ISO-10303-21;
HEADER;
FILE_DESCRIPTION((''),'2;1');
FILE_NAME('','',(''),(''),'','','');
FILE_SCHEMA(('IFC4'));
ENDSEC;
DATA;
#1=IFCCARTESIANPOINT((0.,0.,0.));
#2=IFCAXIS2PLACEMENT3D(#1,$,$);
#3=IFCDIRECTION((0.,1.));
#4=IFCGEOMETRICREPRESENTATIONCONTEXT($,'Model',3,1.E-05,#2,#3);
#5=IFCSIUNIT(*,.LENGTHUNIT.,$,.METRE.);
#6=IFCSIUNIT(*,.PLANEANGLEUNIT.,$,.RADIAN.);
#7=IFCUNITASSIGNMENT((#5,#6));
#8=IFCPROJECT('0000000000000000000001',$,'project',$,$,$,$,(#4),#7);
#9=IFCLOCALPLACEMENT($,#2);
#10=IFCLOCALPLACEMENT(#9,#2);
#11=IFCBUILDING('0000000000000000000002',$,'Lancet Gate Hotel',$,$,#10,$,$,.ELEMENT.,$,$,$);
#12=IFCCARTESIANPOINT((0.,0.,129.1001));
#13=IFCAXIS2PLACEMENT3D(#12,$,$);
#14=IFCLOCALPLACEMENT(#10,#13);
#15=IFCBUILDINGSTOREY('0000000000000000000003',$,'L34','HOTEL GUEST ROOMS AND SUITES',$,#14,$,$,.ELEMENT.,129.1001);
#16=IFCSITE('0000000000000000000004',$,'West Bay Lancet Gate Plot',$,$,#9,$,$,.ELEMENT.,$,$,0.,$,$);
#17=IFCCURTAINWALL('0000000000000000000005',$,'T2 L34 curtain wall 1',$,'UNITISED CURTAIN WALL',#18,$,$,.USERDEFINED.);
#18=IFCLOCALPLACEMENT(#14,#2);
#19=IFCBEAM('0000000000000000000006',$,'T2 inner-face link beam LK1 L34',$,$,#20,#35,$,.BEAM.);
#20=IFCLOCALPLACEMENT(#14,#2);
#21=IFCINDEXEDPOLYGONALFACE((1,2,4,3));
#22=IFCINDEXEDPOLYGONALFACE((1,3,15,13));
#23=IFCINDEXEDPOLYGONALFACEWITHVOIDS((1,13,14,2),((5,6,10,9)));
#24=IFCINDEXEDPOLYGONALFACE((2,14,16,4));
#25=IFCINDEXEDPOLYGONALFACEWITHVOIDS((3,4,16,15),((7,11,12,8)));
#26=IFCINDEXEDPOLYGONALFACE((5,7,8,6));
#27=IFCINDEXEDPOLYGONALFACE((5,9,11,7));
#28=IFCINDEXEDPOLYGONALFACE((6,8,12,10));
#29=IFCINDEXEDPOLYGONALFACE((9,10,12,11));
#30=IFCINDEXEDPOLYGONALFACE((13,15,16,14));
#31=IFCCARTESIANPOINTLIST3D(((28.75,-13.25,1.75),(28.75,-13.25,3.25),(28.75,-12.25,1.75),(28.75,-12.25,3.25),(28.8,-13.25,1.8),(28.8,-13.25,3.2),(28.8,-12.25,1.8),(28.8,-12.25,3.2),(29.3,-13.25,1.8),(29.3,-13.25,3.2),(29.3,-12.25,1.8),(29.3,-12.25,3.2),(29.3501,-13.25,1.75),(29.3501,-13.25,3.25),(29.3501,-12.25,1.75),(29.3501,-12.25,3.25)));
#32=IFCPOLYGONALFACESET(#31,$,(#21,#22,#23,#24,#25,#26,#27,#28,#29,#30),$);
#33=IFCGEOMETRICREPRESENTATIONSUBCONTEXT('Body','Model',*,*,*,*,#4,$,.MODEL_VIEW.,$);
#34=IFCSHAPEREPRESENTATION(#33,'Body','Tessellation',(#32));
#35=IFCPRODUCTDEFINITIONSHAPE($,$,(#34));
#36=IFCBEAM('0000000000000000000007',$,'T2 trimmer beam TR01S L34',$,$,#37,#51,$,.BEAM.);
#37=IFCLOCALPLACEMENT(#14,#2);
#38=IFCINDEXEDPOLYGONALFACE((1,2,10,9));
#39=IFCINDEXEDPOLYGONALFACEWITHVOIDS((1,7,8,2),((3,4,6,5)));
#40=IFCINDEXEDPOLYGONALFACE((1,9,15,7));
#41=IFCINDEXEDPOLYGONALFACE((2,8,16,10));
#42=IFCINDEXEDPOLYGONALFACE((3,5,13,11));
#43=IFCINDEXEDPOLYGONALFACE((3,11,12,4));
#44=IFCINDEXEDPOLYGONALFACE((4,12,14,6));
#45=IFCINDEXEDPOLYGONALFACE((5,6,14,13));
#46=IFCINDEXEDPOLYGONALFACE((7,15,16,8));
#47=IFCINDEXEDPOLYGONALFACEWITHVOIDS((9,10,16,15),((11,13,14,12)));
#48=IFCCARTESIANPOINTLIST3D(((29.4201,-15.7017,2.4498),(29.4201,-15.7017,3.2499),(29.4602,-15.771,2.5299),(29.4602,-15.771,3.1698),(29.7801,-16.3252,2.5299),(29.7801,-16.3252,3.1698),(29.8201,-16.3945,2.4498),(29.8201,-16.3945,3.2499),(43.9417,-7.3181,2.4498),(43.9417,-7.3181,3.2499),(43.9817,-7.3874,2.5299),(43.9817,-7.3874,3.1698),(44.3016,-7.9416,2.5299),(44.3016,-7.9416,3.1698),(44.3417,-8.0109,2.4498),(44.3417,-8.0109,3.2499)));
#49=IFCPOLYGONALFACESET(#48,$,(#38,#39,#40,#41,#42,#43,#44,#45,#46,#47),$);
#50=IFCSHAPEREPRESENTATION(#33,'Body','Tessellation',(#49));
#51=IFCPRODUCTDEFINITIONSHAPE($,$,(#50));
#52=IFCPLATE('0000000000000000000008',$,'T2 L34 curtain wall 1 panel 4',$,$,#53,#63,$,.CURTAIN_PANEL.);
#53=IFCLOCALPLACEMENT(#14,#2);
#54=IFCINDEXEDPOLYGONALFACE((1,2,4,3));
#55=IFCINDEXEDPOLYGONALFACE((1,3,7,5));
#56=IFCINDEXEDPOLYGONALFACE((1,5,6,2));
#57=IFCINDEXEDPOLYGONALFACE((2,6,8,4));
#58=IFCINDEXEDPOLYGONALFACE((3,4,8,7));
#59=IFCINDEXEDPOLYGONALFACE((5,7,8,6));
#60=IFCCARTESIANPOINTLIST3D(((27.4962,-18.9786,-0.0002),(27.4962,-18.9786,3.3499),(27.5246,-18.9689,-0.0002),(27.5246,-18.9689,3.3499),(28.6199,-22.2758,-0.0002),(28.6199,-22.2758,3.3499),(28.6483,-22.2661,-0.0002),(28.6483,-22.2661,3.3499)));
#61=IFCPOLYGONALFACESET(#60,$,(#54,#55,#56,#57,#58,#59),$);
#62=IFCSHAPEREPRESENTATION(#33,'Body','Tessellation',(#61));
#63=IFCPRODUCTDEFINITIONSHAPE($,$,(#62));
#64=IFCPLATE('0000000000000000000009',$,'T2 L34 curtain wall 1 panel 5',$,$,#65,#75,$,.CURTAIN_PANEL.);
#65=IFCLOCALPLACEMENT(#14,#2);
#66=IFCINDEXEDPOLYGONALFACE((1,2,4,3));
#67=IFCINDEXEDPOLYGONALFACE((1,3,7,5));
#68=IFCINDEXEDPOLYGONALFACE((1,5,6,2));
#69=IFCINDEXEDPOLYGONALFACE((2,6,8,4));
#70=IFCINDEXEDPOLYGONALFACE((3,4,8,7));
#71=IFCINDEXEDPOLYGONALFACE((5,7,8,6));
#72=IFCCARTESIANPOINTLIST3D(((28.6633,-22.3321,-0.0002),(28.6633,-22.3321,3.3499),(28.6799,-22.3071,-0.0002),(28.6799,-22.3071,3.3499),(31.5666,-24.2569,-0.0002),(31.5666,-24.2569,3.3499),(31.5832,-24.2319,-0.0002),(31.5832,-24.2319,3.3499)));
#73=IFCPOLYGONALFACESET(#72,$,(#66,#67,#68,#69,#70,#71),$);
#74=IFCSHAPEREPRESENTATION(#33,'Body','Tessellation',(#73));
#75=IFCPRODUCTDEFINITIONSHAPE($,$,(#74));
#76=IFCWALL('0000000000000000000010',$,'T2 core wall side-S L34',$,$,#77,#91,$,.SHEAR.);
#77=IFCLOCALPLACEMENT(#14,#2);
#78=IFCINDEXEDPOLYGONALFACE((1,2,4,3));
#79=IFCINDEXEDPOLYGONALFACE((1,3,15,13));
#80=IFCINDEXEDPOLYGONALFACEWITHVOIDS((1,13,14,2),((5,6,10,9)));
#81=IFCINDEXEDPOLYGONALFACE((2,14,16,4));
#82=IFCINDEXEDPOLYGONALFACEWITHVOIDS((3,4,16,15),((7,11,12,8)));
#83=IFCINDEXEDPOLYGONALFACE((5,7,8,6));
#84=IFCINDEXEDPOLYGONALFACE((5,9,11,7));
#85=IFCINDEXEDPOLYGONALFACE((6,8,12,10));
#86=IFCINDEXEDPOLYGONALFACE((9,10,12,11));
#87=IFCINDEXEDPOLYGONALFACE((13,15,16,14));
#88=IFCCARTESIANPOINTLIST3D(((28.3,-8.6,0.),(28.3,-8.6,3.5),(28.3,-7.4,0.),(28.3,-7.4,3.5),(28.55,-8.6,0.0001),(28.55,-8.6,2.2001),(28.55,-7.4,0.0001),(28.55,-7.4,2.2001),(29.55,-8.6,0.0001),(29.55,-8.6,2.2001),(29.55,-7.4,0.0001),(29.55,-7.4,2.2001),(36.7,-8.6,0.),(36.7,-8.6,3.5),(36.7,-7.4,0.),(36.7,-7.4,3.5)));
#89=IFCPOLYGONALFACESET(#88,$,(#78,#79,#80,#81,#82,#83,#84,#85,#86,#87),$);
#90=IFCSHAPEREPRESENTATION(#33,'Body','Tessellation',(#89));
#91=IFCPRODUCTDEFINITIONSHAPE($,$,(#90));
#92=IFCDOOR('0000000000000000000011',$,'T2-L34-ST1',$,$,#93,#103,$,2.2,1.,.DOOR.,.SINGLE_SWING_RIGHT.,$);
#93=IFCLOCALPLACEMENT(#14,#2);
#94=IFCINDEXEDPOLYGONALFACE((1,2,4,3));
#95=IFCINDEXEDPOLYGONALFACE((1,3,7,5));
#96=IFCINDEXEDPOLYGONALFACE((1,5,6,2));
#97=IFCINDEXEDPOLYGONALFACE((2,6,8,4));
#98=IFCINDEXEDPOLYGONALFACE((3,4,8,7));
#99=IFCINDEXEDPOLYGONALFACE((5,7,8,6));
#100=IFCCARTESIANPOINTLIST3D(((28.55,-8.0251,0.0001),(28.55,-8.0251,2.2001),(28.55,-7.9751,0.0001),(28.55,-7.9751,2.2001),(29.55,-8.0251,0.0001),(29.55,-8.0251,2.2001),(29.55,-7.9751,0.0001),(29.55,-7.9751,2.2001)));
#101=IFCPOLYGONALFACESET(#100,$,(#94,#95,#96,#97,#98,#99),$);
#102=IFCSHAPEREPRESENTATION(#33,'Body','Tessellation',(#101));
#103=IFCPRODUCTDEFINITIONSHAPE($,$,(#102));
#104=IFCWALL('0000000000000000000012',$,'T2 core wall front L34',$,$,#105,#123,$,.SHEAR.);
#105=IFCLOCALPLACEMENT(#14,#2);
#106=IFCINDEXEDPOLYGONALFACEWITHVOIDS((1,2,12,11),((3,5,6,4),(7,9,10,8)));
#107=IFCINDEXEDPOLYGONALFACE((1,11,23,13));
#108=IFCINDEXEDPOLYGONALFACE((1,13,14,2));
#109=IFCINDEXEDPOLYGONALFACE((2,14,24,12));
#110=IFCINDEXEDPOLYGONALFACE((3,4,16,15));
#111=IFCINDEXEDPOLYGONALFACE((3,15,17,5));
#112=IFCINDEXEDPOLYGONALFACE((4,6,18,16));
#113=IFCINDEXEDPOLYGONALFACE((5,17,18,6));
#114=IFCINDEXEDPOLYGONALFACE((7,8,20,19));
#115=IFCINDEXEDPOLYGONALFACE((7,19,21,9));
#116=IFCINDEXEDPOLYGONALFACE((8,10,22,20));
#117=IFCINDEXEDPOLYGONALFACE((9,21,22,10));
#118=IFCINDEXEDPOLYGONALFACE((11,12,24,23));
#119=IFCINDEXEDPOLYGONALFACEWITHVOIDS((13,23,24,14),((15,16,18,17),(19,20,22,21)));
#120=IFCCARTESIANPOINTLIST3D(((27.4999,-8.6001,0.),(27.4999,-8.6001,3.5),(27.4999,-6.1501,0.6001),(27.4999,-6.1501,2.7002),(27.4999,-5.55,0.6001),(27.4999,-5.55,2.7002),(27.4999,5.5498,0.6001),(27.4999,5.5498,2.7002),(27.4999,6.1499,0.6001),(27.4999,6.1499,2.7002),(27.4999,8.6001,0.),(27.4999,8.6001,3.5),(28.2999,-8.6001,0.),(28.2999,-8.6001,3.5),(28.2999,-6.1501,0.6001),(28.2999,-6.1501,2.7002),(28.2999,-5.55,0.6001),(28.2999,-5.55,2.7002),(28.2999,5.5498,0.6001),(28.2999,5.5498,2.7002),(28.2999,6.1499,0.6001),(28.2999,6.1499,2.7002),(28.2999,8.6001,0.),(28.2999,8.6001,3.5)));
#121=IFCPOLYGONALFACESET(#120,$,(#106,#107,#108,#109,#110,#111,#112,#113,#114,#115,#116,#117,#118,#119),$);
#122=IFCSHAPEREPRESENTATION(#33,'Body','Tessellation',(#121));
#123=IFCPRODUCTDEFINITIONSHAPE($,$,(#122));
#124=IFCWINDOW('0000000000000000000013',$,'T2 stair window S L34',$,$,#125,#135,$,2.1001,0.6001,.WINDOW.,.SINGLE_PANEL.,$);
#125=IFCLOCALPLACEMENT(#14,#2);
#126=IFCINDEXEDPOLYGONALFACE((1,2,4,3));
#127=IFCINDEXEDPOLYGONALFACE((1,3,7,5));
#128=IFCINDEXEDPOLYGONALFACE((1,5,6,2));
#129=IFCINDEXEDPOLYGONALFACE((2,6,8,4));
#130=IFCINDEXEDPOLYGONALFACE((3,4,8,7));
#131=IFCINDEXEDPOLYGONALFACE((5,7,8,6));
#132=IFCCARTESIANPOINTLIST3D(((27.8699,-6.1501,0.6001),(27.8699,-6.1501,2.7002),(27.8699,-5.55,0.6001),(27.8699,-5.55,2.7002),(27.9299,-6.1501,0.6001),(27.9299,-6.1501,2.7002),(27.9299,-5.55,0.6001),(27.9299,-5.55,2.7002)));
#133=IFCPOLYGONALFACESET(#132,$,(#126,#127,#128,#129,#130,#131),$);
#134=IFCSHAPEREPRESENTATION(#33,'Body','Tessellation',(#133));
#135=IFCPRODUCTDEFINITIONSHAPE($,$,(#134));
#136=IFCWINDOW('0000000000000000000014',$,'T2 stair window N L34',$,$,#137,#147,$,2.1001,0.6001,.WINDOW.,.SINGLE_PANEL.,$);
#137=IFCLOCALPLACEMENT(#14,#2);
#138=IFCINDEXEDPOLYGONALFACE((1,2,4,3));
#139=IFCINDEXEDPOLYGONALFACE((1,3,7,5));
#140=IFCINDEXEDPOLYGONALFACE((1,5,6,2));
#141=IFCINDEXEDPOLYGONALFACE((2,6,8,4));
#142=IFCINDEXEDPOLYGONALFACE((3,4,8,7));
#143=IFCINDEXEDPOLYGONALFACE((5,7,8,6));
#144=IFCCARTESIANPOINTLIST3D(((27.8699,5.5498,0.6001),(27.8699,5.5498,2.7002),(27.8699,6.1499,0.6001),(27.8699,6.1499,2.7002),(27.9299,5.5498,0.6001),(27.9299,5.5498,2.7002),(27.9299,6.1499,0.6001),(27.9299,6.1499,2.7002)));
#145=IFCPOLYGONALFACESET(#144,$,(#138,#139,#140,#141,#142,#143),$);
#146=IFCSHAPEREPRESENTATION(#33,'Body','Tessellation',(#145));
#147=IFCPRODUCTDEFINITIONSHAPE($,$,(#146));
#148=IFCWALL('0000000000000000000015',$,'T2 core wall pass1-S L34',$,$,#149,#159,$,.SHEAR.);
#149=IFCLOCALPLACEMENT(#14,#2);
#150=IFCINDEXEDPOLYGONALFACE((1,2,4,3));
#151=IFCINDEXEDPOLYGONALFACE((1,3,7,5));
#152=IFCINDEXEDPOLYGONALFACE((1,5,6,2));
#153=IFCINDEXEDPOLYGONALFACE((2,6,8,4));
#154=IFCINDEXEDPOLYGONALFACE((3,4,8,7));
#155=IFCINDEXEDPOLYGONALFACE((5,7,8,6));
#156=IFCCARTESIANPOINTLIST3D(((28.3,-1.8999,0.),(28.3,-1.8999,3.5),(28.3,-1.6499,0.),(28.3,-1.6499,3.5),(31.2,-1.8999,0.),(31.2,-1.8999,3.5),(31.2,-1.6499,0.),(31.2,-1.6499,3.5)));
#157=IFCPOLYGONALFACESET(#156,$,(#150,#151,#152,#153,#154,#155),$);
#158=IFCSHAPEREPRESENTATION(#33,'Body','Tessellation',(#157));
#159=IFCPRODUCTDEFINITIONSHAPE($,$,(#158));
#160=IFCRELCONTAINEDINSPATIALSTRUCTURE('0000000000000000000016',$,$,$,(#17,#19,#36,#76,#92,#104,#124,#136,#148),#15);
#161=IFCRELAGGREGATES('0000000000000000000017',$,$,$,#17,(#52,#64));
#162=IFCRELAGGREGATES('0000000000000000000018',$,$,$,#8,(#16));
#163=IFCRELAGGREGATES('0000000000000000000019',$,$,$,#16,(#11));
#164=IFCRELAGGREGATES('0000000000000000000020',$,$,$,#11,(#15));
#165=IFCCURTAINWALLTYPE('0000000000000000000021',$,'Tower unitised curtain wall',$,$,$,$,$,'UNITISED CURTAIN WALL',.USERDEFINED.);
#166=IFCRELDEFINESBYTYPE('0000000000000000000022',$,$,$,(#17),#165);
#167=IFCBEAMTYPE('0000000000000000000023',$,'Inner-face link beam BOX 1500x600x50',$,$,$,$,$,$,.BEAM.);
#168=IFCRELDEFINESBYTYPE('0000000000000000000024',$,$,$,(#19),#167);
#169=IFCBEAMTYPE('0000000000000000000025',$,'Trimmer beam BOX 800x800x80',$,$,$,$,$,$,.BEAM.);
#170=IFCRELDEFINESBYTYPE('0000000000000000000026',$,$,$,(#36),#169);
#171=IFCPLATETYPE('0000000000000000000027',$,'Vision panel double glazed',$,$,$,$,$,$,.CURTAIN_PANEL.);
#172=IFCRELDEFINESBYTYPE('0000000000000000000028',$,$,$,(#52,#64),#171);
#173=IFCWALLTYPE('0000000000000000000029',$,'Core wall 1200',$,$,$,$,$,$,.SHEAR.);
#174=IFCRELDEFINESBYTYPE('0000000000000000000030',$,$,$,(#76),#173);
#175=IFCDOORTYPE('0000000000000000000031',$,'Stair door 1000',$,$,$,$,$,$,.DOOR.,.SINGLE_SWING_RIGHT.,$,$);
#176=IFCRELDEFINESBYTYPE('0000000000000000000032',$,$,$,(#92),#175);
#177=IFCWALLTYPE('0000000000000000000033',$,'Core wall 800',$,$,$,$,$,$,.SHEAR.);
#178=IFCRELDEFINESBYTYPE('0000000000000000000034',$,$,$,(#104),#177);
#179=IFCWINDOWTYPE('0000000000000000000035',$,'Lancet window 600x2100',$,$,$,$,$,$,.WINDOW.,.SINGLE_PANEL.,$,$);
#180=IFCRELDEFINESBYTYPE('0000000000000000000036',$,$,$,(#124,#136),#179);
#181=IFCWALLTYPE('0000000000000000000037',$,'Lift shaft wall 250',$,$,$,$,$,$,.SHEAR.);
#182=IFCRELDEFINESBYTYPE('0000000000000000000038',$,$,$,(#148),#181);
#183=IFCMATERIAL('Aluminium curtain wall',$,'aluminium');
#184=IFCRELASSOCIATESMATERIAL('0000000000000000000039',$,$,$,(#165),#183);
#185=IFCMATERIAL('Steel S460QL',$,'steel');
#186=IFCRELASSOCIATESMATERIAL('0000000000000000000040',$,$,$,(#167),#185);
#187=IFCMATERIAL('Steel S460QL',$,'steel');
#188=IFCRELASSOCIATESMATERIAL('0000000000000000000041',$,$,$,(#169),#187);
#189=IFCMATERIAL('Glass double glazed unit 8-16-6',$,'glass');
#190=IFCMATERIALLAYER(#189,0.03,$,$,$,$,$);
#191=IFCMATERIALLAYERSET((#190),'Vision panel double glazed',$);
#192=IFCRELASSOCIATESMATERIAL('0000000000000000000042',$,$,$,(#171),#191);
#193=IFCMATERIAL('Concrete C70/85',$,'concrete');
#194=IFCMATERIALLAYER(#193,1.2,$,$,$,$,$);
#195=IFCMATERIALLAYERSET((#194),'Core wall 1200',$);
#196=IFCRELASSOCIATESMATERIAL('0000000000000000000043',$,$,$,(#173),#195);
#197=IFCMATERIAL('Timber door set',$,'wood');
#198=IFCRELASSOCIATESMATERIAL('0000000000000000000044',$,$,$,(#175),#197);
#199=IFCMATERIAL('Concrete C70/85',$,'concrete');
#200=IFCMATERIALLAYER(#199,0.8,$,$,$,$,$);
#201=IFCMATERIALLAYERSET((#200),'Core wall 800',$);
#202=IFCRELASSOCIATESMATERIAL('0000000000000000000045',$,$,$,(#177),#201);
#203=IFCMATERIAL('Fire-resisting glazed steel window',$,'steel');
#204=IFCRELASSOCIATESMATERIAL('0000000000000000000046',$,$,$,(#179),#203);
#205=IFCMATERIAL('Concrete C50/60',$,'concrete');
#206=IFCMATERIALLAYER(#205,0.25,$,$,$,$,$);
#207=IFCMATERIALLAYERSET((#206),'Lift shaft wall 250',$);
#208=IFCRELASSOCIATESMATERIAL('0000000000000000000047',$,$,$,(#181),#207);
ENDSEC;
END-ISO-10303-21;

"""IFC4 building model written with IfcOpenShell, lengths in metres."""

from ifc_helpers import new_model, si_unit, direction, frame, frame_2d, origin, origin_2d, place, context, subcontext, project, spatial, rectangle, hollow_rectangle, extrude, material, layer, layer_set, material_profile, profile_set, type_object, element, fill, aggregate, save


model = new_model("IFC4")

# Units and contexts
model_context = context("Model", 3, precision=1e-05, world=origin(), true_north=direction((0.0, 1.0)))
body_context = subcontext(model_context, "Body", "Model", "MODEL_VIEW")
ifc_project = project(units=[si_unit("LENGTHUNIT", "METRE"), si_unit("PLANEANGLEUNIT", "RADIAN")], contexts=[model_context])

# Site, building, storey
site_placement = place(None, origin())
site = spatial("IfcSite", under=ifc_project, at=site_placement, Name="West Bay Lancet Gate Plot", CompositionType="ELEMENT", RefElevation=0.0)
building_placement = place(site_placement, origin())
building = spatial("IfcBuilding", under=site, at=building_placement, Name="Lancet Gate Hotel", CompositionType="ELEMENT")
storey_placement = place(building_placement, frame((0.0, 0.0, 129.1001)))
storey = spatial("IfcBuildingStorey", under=building, at=storey_placement, Name="L34", Description="HOTEL GUEST ROOMS AND SUITES", CompositionType="ELEMENT", Elevation=129.1001)

# Curtain wall
ifc_material_1 = material(Name="Aluminium curtain wall", Category="aluminium")
curtain_wall_type = type_object("IfcCurtainWallType", Name="Tower unitised curtain wall", ElementType="UNITISED CURTAIN WALL", PredefinedType="USERDEFINED", material=ifc_material_1)
curtain_wall_placement = place(storey_placement, origin())
curtain_wall = element("IfcCurtainWall", 1, at=curtain_wall_placement, inside=storey, type_object=curtain_wall_type, Name="T2 L34 curtain wall 1", ObjectType="UNITISED CURTAIN WALL", PredefinedType="USERDEFINED")

# Beams
ifc_material_2 = material(Name="Steel S460QL", Category="steel")
ifc_material_profile_1 = material_profile(ifc_material_2, hollow_rectangle(XDim=0.6001, YDim=1.5, WallThickness=0.05, at=origin_2d()), Name="BOX 1500x600x50")
ifc_profile_set_1 = profile_set([ifc_material_profile_1], Name="Steel S460QL")
beam_type_1 = type_object("IfcBeamType", Name="Inner-face link beam BOX 1500x600x50", PredefinedType="BEAM", material=ifc_profile_set_1)
beam_1_placement = place(storey_placement, frame((29.05, -13.25, 2.5), z_axis=(0.0, 1.0, 0.0), x_axis=(-1.0, 0.0, 0.0)))
element("IfcBeam", 2, at=beam_1_placement, inside=storey, type_object=beam_type_1, Name="T2 inner-face link beam LK1 L34", PredefinedType="BEAM", context=body_context, shape_type="SweptSolid", body=[
    extrude(hollow_rectangle(XDim=0.6001, YDim=1.5, WallThickness=0.05, at=origin_2d()), origin(), (0.0, 0.0, 1.0), 1.0),
])
ifc_material_3 = material(Name="Steel S460QL", Category="steel")
ifc_material_profile_2 = material_profile(ifc_material_3, hollow_rectangle(XDim=0.8, YDim=0.8, WallThickness=0.0801, at=origin_2d()), Name="BOX 800x800x80")
ifc_profile_set_2 = profile_set([ifc_material_profile_2], Name="Steel S460QL")
beam_type_2 = type_object("IfcBeamType", Name="Trimmer beam BOX 800x800x80", PredefinedType="BEAM", material=ifc_profile_set_2)
beam_2_placement = place(storey_placement, frame((29.6201, -16.0481, 2.8499), z_axis=(0.866037, 0.49998, 0.0), x_axis=(-0.49998, 0.866037, 0.0)))
element("IfcBeam", 3, at=beam_2_placement, inside=storey, type_object=beam_type_2, Name="T2 trimmer beam TR01S L34", PredefinedType="BEAM", context=body_context, shape_type="SweptSolid", body=[
    extrude(hollow_rectangle(XDim=0.8, YDim=0.8, WallThickness=0.0801, at=origin_2d()), origin(), (0.0, 0.0, 1.0), 16.7678),
])

# Plates
ifc_material_4 = material(Name="Glass double glazed unit 8-16-6", Category="glass")
ifc_layer_1 = layer(ifc_material_4, 0.03)
ifc_layer_set_1 = layer_set([ifc_layer_1], Name="Vision panel double glazed")
plate_type = type_object("IfcPlateType", Name="Vision panel double glazed", PredefinedType="CURTAIN_PANEL", material=ifc_layer_set_1)
plate_1_placement = place(storey_placement, frame((28.0723, -20.6223, -0.0002), z_axis=(0.0, 0.0, 1.0), x_axis=(0.322576, -0.946544, 0.0)))
plate_1 = element("IfcPlate", 4, at=plate_1_placement, type_object=plate_type, Name="T2 L34 curtain wall 1 panel 4", PredefinedType="CURTAIN_PANEL", context=body_context, shape_type="SweptSolid", body=[
    extrude(rectangle(XDim=3.4834, YDim=0.03, at=origin_2d()), origin(), (0.0, 0.0, 1.0), 3.3501),
])
plate_2_placement = place(storey_placement, frame((30.1233, -23.282, -0.0002), z_axis=(0.0, 0.0, 1.0), x_axis=(0.833465, -0.552573, 0.0)))
plate_2 = element("IfcPlate", 5, at=plate_2_placement, type_object=plate_type, Name="T2 L34 curtain wall 1 panel 5", PredefinedType="CURTAIN_PANEL", context=body_context, shape_type="SweptSolid", body=[
    extrude(rectangle(XDim=3.4834, YDim=0.03, at=origin_2d()), origin(), (0.0, 0.0, 1.0), 3.3501),
])
aggregate(curtain_wall, [plate_1, plate_2])

# Wall, opening, door
ifc_material_5 = material(Name="Concrete C70/85", Category="concrete")
ifc_layer_2 = layer(ifc_material_5, 1.2)
ifc_layer_set_2 = layer_set([ifc_layer_2], Name="Core wall 1200")
wall_type_1 = type_object("IfcWallType", Name="Core wall 1200", PredefinedType="SHEAR", material=ifc_layer_set_2)
wall_1_placement = place(storey_placement, frame((28.3, -8.0, 0.0), z_axis=(0.0, 0.0, 1.0), x_axis=(1.0, 0.0, 0.0)))
wall_1 = element("IfcWall", 6, at=wall_1_placement, inside=storey, type_object=wall_type_1, Name="T2 core wall side-S L34", PredefinedType="SHEAR", context=body_context, shape_type="SweptSolid", body=[
    extrude(rectangle(XDim=8.3999, YDim=1.2, at=frame_2d((4.2, 0.0))), origin(), (0.0, 0.0, 1.0), 3.5),
])
opening_1_placement = place(wall_1_placement, frame((0.25, 0.0, 0.0)))
opening_1 = element("IfcOpeningElement", 7, at=opening_1_placement, cuts=wall_1, PredefinedType="OPENING", context=body_context, shape_type="SweptSolid", body=[
    extrude(rectangle(XDim=1.0, YDim=2.2, at=frame_2d((0.5, 1.1001))), frame((0.0, 0.6099, 0.0), z_axis=(0.0, -1.0, 0.0), x_axis=(1.0, 0.0, 0.0)), (0.0, 0.0, 1.0), 1.22),
])
ifc_material_6 = material(Name="Timber door set", Category="wood")
door_type = type_object("IfcDoorType", Name="Stair door 1000", OperationType="SINGLE_SWING_RIGHT", PredefinedType="DOOR", material=ifc_material_6)
door_placement = place(opening_1_placement, origin())
door = element("IfcDoor", 8, at=door_placement, inside=storey, type_object=door_type, Name="T2-L34-ST1", OperationType="SINGLE_SWING_RIGHT", OverallHeight=2.2, OverallWidth=1.0, PredefinedType="DOOR", context=body_context, shape_type="SweptSolid", body=[
    extrude(rectangle(XDim=1.0, YDim=2.2, at=frame_2d((0.5, 1.1001))), frame((0.0, 0.0249, 0.0), z_axis=(0.0, -1.0, 0.0), x_axis=(1.0, 0.0, 0.0)), (0.0, 0.0, 1.0), 0.05),
])
fill(opening_1, door)

# Wall, openings, windows
ifc_material_7 = material(Name="Concrete C70/85", Category="concrete")
ifc_layer_3 = layer(ifc_material_7, 0.8)
ifc_layer_set_3 = layer_set([ifc_layer_3], Name="Core wall 800")
wall_type_2 = type_object("IfcWallType", Name="Core wall 800", PredefinedType="SHEAR", material=ifc_layer_set_3)
wall_2_placement = place(storey_placement, frame((27.8999, -8.6001, 0.0), z_axis=(0.0, 0.0, 1.0), x_axis=(0.0, 1.0, 0.0)))
wall_2 = element("IfcWall", 9, at=wall_2_placement, inside=storey, type_object=wall_type_2, Name="T2 core wall front L34", PredefinedType="SHEAR", context=body_context, shape_type="SweptSolid", body=[
    extrude(rectangle(XDim=17.2002, YDim=0.8, at=frame_2d((8.6001, 0.0))), origin(), (0.0, 0.0, 1.0), 3.5),
])
opening_2_placement = place(wall_2_placement, frame((2.45, 0.0, 0.6001)))
opening_2 = element("IfcOpeningElement", 10, at=opening_2_placement, cuts=wall_2, PredefinedType="OPENING", context=body_context, shape_type="SweptSolid", body=[
    extrude(rectangle(XDim=0.6001, YDim=2.1001, at=frame_2d((0.3, 1.05))), frame((0.0, 0.4099, 0.0), z_axis=(0.0, -1.0, 0.0), x_axis=(1.0, 0.0, 0.0)), (0.0, 0.0, 1.0), 0.8201),
])
opening_3_placement = place(wall_2_placement, frame((14.1499, 0.0, 0.6001)))
opening_3 = element("IfcOpeningElement", 11, at=opening_3_placement, cuts=wall_2, PredefinedType="OPENING", context=body_context, shape_type="SweptSolid", body=[
    extrude(rectangle(XDim=0.6001, YDim=2.1001, at=frame_2d((0.3, 1.05))), frame((0.0, 0.4099, 0.0), z_axis=(0.0, -1.0, 0.0), x_axis=(1.0, 0.0, 0.0)), (0.0, 0.0, 1.0), 0.8201),
])
ifc_material_8 = material(Name="Fire-resisting glazed steel window", Category="steel")
window_type = type_object("IfcWindowType", Name="Lancet window 600x2100", PartitioningType="SINGLE_PANEL", PredefinedType="WINDOW", material=ifc_material_8)
window_1_placement = place(opening_2_placement, origin())
window_1 = element("IfcWindow", 12, at=window_1_placement, inside=storey, type_object=window_type, Name="T2 stair window S L34", OverallHeight=2.1001, OverallWidth=0.6001, PartitioningType="SINGLE_PANEL", PredefinedType="WINDOW", context=body_context, shape_type="SweptSolid", body=[
    extrude(rectangle(XDim=0.6001, YDim=2.1001, at=frame_2d((0.3, 1.05))), frame((0.0, 0.03, 0.0), z_axis=(0.0, -1.0, 0.0), x_axis=(1.0, 0.0, 0.0)), (0.0, 0.0, 1.0), 0.0601),
])
fill(opening_2, window_1)
window_2_placement = place(opening_3_placement, origin())
window_2 = element("IfcWindow", 13, at=window_2_placement, inside=storey, type_object=window_type, Name="T2 stair window N L34", OverallHeight=2.1001, OverallWidth=0.6001, PartitioningType="SINGLE_PANEL", PredefinedType="WINDOW", context=body_context, shape_type="SweptSolid", body=[
    extrude(rectangle(XDim=0.6001, YDim=2.1001, at=frame_2d((0.3, 1.05))), frame((0.0, 0.03, 0.0), z_axis=(0.0, -1.0, 0.0), x_axis=(1.0, 0.0, 0.0)), (0.0, 0.0, 1.0), 0.0601),
])
fill(opening_3, window_2)

# Wall
ifc_material_9 = material(Name="Concrete C50/60", Category="concrete")
ifc_layer_4 = layer(ifc_material_9, 0.25)
ifc_layer_set_4 = layer_set([ifc_layer_4], Name="Lift shaft wall 250")
wall_type_3 = type_object("IfcWallType", Name="Lift shaft wall 250", PredefinedType="SHEAR", material=ifc_layer_set_4)
wall_3_placement = place(storey_placement, frame((28.3, -1.7749, 0.0), z_axis=(0.0, 0.0, 1.0), x_axis=(1.0, 0.0, 0.0)))
element("IfcWall", 14, at=wall_3_placement, inside=storey, type_object=wall_type_3, Name="T2 core wall pass1-S L34", PredefinedType="SHEAR", context=body_context, shape_type="SweptSolid", body=[
    extrude(rectangle(XDim=2.8999, YDim=0.25, at=frame_2d((1.45, 0.0))), origin(), (0.0, 0.0, 1.0), 3.5),
])

save(model, "model.ifc")
